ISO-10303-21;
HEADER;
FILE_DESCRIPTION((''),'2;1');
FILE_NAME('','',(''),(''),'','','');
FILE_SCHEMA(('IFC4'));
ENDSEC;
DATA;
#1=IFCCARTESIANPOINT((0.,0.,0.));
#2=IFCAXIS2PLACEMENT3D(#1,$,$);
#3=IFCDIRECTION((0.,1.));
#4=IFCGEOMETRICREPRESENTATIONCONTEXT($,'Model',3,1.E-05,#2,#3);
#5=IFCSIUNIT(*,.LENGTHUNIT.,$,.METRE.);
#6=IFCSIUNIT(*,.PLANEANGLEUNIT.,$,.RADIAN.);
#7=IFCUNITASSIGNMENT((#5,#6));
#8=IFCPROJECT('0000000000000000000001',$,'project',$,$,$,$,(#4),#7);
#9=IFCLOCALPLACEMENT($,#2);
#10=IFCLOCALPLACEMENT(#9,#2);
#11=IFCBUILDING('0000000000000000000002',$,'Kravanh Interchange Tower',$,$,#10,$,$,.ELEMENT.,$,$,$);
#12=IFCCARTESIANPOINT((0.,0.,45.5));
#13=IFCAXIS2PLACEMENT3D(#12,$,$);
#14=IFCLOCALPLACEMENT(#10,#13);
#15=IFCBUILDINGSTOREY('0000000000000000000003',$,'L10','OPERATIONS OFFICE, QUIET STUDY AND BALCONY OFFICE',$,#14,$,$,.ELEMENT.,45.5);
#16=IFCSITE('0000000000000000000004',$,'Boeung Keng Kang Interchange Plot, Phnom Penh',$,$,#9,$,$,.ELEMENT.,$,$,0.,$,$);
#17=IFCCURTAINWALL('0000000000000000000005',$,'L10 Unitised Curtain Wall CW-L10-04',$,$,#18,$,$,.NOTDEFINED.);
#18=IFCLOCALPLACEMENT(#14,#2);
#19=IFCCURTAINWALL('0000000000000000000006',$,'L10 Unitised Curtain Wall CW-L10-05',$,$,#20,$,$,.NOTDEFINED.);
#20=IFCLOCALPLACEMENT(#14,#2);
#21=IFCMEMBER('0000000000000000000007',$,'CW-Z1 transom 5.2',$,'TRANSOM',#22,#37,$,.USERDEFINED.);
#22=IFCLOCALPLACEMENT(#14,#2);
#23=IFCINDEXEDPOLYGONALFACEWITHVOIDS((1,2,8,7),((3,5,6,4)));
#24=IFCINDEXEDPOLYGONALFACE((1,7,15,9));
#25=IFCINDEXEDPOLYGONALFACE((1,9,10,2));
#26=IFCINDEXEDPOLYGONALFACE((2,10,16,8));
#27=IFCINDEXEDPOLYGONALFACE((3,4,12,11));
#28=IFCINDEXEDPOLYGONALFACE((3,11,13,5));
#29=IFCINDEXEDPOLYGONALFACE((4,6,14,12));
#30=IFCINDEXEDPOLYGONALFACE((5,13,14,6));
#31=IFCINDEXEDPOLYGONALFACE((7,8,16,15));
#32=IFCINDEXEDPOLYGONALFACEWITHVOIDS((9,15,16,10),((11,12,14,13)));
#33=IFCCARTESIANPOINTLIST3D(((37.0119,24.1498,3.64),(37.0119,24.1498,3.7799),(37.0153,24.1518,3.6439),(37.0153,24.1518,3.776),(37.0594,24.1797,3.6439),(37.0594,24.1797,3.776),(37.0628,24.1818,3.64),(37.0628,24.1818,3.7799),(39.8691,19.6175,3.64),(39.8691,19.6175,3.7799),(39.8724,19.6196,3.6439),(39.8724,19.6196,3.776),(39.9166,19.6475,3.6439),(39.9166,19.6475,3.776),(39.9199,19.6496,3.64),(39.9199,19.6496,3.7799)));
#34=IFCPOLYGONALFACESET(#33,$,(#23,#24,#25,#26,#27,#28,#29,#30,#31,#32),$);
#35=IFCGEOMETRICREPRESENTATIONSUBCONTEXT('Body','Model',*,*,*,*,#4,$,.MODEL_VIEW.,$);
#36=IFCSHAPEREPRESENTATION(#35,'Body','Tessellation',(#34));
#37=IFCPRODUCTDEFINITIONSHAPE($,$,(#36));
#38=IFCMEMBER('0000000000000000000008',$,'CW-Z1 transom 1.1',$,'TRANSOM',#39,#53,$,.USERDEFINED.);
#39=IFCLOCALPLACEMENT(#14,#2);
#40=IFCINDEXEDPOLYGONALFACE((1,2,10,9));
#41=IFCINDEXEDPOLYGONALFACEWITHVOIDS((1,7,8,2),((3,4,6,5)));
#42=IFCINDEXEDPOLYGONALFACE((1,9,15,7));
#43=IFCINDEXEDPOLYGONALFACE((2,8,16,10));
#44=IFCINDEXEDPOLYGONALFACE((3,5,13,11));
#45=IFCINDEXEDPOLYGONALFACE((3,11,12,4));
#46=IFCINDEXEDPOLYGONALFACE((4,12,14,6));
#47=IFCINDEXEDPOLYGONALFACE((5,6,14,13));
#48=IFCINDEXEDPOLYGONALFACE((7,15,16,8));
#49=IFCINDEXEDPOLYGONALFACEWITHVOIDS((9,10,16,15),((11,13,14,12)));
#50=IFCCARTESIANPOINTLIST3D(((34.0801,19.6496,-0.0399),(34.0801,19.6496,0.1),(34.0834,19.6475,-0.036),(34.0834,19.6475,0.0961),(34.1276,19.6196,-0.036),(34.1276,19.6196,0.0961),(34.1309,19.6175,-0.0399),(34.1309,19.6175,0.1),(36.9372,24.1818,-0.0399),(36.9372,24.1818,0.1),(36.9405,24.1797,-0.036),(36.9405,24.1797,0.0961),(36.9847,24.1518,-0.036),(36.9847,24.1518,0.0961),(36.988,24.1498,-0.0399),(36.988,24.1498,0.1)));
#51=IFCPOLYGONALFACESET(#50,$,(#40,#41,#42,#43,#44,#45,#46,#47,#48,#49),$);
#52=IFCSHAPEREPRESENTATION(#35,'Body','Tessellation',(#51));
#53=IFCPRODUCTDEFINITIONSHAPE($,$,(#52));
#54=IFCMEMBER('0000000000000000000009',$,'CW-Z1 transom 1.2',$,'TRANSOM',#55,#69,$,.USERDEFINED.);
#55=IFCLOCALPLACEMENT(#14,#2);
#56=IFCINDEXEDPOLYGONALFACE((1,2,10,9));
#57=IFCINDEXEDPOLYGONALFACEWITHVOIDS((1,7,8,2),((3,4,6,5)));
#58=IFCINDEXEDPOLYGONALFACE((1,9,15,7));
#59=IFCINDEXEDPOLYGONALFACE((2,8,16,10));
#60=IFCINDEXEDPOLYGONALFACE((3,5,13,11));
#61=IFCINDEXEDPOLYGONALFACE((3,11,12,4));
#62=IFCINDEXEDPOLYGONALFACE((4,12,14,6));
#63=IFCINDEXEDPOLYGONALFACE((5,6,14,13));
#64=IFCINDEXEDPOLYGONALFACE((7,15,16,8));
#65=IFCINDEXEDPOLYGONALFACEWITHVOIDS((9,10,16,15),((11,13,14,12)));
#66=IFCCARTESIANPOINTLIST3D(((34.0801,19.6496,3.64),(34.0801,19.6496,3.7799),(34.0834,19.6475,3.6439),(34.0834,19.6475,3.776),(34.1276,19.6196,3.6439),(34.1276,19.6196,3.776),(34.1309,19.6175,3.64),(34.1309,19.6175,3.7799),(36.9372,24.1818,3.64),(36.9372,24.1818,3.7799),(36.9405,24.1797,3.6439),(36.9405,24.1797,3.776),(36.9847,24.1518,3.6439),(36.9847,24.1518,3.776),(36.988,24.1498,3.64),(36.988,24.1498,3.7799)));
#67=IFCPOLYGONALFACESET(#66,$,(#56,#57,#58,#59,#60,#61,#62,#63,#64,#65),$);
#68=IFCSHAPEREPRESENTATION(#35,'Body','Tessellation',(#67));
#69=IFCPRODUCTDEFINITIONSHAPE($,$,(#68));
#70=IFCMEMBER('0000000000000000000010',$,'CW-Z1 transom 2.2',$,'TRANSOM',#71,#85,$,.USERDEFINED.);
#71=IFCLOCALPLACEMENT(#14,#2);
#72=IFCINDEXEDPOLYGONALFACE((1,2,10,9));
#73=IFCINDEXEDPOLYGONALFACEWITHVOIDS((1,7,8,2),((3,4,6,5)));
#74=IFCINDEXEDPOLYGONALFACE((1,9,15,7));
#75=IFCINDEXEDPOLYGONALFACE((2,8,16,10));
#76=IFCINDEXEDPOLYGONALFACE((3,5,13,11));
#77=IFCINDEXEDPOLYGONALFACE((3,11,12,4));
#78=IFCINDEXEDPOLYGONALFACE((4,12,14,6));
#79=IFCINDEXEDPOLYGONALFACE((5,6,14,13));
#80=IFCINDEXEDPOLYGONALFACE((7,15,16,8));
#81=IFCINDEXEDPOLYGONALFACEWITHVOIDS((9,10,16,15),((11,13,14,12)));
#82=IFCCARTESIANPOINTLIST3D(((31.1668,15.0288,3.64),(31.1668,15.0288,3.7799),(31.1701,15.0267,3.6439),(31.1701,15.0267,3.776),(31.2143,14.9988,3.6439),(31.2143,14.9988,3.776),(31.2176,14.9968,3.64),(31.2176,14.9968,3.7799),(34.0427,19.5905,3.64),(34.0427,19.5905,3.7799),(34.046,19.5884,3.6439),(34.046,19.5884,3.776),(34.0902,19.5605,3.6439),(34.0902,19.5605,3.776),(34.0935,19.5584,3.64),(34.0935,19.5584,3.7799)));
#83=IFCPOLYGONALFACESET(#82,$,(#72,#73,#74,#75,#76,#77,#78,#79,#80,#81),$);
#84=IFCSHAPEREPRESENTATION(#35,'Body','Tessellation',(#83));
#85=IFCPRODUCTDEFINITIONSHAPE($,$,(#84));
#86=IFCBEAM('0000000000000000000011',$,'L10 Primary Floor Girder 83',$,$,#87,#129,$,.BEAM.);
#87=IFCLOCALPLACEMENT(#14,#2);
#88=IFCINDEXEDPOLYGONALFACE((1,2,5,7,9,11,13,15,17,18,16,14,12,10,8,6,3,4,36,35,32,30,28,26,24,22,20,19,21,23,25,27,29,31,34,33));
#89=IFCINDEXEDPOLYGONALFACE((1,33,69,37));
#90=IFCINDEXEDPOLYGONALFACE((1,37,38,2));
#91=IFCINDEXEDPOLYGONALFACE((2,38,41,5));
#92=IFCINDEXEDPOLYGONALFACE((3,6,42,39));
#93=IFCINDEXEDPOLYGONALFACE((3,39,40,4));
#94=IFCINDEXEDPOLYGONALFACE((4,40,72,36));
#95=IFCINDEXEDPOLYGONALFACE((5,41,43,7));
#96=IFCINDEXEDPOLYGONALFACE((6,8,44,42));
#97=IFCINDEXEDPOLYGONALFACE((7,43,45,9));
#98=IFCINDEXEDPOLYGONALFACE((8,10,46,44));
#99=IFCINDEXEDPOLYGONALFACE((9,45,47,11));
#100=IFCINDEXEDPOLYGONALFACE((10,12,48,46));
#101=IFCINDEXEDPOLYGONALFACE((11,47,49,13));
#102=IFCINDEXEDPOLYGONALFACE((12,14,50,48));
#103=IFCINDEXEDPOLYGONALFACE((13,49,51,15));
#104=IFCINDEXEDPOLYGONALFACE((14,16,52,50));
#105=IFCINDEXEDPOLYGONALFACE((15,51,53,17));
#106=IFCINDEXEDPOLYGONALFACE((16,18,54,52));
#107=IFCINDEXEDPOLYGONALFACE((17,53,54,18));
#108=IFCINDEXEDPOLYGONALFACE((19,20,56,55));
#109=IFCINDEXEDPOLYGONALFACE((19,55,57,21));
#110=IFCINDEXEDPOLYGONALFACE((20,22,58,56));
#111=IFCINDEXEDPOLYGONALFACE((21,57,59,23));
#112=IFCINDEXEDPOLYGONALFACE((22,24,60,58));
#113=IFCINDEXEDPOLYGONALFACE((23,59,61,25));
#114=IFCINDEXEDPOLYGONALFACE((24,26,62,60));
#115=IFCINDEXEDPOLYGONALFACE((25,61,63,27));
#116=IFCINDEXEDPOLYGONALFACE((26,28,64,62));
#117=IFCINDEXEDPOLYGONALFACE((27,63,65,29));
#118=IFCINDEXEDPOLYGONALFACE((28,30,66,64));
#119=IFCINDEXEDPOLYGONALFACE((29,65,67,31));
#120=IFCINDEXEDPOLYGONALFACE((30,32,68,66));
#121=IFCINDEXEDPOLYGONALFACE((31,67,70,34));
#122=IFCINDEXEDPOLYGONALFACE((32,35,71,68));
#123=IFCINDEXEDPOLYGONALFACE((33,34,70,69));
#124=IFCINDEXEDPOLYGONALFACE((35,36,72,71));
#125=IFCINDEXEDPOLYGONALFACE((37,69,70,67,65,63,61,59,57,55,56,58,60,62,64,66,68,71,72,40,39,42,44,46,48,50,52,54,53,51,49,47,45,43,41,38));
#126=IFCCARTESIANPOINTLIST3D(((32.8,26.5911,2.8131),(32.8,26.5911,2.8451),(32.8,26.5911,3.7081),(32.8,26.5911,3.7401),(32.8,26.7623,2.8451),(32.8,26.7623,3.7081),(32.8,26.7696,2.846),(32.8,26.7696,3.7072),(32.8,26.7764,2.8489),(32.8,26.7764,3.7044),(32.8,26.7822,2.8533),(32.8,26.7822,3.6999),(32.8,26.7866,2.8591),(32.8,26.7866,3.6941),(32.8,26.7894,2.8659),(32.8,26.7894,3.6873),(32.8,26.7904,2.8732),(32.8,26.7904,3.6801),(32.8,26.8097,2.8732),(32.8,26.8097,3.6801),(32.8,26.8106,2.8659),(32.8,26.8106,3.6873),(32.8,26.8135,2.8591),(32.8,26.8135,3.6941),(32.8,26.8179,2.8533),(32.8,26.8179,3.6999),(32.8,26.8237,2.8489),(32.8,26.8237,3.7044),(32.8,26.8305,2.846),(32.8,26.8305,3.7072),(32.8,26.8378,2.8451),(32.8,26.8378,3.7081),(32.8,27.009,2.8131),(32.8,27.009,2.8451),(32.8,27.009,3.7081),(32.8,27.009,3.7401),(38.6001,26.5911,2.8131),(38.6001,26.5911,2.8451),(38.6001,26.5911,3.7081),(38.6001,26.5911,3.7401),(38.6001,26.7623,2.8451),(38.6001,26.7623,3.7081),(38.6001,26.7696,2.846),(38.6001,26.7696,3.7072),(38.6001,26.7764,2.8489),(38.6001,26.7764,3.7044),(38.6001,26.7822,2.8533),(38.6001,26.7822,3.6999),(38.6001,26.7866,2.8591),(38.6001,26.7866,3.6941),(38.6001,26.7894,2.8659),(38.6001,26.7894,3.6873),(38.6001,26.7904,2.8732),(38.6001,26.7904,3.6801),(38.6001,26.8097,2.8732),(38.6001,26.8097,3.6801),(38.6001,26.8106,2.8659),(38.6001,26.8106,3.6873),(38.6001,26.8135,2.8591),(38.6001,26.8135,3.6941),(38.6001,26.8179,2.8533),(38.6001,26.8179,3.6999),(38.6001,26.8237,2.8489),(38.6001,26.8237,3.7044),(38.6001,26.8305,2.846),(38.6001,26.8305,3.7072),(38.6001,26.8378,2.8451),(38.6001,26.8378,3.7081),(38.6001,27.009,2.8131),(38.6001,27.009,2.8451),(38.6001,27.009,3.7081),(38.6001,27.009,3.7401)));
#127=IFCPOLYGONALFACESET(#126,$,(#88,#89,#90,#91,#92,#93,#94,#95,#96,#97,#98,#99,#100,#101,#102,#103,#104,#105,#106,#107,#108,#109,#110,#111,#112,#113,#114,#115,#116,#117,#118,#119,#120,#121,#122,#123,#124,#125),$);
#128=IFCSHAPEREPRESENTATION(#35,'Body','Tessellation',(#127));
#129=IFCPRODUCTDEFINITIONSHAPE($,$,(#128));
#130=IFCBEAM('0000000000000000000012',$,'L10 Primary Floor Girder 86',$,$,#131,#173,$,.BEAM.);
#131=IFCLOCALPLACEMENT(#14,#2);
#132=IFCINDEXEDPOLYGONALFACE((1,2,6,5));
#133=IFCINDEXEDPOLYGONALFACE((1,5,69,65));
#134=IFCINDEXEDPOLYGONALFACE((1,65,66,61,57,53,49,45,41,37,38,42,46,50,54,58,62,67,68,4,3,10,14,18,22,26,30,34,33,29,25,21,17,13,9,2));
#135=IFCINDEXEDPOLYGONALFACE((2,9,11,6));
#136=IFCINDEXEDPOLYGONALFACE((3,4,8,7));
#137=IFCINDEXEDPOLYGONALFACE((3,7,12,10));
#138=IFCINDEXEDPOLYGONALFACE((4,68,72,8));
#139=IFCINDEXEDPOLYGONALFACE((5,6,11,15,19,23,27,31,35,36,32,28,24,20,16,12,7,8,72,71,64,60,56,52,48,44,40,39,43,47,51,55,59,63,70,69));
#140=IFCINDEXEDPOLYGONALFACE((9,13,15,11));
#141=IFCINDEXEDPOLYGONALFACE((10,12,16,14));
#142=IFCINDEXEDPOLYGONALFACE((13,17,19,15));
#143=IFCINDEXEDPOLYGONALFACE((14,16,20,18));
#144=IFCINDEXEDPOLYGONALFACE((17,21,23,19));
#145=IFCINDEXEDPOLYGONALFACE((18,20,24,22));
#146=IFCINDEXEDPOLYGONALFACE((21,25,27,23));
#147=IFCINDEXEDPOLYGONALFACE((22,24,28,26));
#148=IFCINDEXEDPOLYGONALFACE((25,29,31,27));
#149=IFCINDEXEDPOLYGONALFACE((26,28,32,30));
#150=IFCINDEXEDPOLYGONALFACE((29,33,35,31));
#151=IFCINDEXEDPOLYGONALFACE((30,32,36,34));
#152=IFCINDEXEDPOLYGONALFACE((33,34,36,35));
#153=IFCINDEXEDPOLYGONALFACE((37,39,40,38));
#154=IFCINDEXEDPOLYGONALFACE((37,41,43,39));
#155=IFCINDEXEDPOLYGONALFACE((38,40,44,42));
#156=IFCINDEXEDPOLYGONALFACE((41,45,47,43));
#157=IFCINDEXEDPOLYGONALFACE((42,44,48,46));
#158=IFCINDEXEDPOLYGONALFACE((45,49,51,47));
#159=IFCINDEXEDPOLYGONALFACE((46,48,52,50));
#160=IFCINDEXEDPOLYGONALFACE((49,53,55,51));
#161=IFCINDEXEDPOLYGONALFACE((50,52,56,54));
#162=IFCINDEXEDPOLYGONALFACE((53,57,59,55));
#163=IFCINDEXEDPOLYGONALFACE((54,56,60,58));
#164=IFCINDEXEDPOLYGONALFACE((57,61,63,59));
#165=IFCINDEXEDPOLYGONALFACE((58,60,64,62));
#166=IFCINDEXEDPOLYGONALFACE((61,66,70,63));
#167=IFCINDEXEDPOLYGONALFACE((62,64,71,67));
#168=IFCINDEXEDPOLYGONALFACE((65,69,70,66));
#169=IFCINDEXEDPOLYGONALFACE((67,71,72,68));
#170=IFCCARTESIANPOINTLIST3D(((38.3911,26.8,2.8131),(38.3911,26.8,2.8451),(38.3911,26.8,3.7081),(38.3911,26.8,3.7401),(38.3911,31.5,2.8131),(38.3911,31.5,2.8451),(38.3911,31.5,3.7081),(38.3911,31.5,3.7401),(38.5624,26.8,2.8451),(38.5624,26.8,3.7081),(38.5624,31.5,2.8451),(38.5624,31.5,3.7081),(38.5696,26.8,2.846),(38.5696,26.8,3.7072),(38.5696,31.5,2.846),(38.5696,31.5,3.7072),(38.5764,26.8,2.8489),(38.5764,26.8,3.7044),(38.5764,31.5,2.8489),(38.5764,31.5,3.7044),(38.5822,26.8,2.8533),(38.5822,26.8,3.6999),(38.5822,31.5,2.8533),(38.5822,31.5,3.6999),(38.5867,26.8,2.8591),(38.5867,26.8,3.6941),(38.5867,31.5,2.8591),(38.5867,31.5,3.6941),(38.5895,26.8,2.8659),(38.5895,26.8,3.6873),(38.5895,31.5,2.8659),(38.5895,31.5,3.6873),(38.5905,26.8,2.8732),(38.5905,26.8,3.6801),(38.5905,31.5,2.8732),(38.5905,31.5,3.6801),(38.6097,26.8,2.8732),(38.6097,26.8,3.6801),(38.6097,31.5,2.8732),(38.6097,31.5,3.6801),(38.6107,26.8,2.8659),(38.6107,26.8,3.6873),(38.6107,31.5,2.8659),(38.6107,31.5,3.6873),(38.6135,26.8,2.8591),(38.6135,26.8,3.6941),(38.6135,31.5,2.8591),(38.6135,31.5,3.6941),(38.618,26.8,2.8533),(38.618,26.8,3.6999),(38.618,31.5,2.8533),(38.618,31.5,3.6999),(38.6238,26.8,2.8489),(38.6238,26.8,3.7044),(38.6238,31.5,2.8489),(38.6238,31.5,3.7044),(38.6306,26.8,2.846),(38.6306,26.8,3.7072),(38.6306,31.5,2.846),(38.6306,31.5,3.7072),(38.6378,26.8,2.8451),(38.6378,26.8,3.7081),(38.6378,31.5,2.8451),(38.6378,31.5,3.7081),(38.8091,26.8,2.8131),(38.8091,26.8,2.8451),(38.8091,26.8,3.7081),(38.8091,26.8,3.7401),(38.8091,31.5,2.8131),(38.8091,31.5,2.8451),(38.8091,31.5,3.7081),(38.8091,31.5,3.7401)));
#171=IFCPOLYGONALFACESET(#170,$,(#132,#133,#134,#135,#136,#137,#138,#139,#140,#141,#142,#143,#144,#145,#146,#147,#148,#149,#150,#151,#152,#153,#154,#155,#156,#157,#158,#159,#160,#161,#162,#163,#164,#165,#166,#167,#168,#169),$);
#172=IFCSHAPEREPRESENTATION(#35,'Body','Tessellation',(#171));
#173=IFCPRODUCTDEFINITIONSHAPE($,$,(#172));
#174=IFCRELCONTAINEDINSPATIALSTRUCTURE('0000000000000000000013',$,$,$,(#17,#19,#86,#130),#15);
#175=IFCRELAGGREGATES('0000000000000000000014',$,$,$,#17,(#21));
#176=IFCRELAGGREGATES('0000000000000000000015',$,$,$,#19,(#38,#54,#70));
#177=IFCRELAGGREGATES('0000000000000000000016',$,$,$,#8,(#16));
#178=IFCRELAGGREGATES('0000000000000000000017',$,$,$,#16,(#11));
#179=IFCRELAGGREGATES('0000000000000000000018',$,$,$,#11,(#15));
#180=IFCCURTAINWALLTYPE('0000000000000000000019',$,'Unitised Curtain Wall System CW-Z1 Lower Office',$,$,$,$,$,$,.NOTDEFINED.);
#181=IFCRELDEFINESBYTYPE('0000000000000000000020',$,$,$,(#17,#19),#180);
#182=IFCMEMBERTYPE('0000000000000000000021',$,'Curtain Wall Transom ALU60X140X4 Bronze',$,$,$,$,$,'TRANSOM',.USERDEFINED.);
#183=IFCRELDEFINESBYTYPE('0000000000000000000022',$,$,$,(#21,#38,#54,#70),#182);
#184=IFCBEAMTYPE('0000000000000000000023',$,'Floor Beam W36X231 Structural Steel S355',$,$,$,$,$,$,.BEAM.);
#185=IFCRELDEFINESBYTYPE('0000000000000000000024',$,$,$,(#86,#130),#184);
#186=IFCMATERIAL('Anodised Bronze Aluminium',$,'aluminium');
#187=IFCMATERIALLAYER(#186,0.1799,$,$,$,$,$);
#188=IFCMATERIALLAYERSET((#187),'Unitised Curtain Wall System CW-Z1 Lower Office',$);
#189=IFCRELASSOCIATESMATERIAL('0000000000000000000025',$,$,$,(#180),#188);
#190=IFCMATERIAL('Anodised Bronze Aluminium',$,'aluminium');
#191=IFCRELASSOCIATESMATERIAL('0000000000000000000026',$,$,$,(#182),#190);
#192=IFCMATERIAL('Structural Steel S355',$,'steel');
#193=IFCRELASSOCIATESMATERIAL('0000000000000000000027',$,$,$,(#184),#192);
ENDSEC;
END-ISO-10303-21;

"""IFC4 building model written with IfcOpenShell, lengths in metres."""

from ifc_helpers import new_model, si_unit, direction, frame, origin, origin_2d, place, context, subcontext, project, spatial, hollow_rectangle, i_section, extrude, material, layer, layer_set, material_profile, profile_set, type_object, element, aggregate, save


model = new_model("IFC4")

# Units and contexts
model_context = context("Model", 3, precision=1e-05, world=origin(), true_north=direction((0.0, 1.0)))
body_context = subcontext(model_context, "Body", "Model", "MODEL_VIEW")
ifc_project = project(units=[si_unit("LENGTHUNIT", "METRE"), si_unit("PLANEANGLEUNIT", "RADIAN")], contexts=[model_context])

# Site, building, storey
site_placement = place(None, origin())
site = spatial("IfcSite", under=ifc_project, at=site_placement, Name="Boeung Keng Kang Interchange Plot, Phnom Penh", CompositionType="ELEMENT", RefElevation=0.0)
building_placement = place(site_placement, origin())
building = spatial("IfcBuilding", under=site, at=building_placement, Name="Kravanh Interchange Tower", CompositionType="ELEMENT")
storey_placement = place(building_placement, frame((0.0, 0.0, 45.5)))
storey = spatial("IfcBuildingStorey", under=building, at=storey_placement, Name="L10", Description="OPERATIONS OFFICE, QUIET STUDY AND BALCONY OFFICE", CompositionType="ELEMENT", Elevation=45.5)

# Curtain walls
ifc_material_1 = material(Name="Anodised Bronze Aluminium", Category="aluminium")
ifc_layer_1 = layer(ifc_material_1, 0.1799)
ifc_layer_set_1 = layer_set([ifc_layer_1], Name="Unitised Curtain Wall System CW-Z1 Lower Office")
curtain_wall_type = type_object("IfcCurtainWallType", Name="Unitised Curtain Wall System CW-Z1 Lower Office", PredefinedType="NOTDEFINED", material=ifc_layer_set_1)
curtain_wall_1_placement = place(storey_placement, origin())
curtain_wall_1 = element("IfcCurtainWall", 1, at=curtain_wall_1_placement, inside=storey, type_object=curtain_wall_type, Name="L10 Unitised Curtain Wall CW-L10-04", PredefinedType="NOTDEFINED")
curtain_wall_2_placement = place(storey_placement, origin())
curtain_wall_2 = element("IfcCurtainWall", 2, at=curtain_wall_2_placement, inside=storey, type_object=curtain_wall_type, Name="L10 Unitised Curtain Wall CW-L10-05", PredefinedType="NOTDEFINED")

# Members
ifc_material_2 = material(Name="Anodised Bronze Aluminium", Category="aluminium")
ifc_material_profile_1 = material_profile(ifc_material_2, hollow_rectangle(XDim=0.0601, YDim=0.1399, WallThickness=0.0039, at=origin_2d()), Name="ALU60X140X4")
ifc_profile_set_1 = profile_set([ifc_material_profile_1], Name="Anodised Bronze Aluminium")
member_type_1 = type_object("IfcMemberType", Name="Curtain Wall Transom ALU60X140X4 Bronze", ElementType="TRANSOM", PredefinedType="USERDEFINED", material=ifc_profile_set_1)
member_1_placement = place(storey_placement, frame((39.8945, 19.6335, 3.71), z_axis=(-0.533288, 0.845934, 0.0), x_axis=(-0.845934, -0.533288, 0.0)))
member_1 = element("IfcMember", 3, at=member_1_placement, type_object=member_type_1, Name="CW-Z1 transom 5.2", ObjectType="TRANSOM", PredefinedType="USERDEFINED", context=body_context, shape_type="SweptSolid", body=[
    extrude(hollow_rectangle(XDim=0.0601, YDim=0.1399, WallThickness=0.0039, at=origin_2d()), origin(), (0.0, 0.0, 1.0), 5.3577),
])
member_2_placement = place(storey_placement, frame((36.9626, 24.1658, 0.03), z_axis=(-0.533288, -0.845934, 0.0), x_axis=(0.845934, -0.533288, 0.0)))
member_2 = element("IfcMember", 4, at=member_2_placement, type_object=member_type_1, Name="CW-Z1 transom 1.1", ObjectType="TRANSOM", PredefinedType="USERDEFINED", context=body_context, shape_type="SweptSolid", body=[
    extrude(hollow_rectangle(XDim=0.0601, YDim=0.1399, WallThickness=0.0039, at=origin_2d()), origin(), (0.0, 0.0, 1.0), 5.3577),
])
member_3_placement = place(storey_placement, frame((36.9626, 24.1658, 3.71), z_axis=(-0.533288, -0.845934, 0.0), x_axis=(0.845934, -0.533288, 0.0)))
member_3 = element("IfcMember", 5, at=member_3_placement, type_object=member_type_1, Name="CW-Z1 transom 1.2", ObjectType="TRANSOM", PredefinedType="USERDEFINED", context=body_context, shape_type="SweptSolid", body=[
    extrude(hollow_rectangle(XDim=0.0601, YDim=0.1399, WallThickness=0.0039, at=origin_2d()), origin(), (0.0, 0.0, 1.0), 5.3577),
])
member_4_placement = place(storey_placement, frame((34.0681, 19.5745, 3.71), z_axis=(-0.533311, -0.845919, 0.0), x_axis=(0.845919, -0.533311, 0.0)))
member_4 = element("IfcMember", 6, at=member_4_placement, type_object=member_type_1, Name="CW-Z1 transom 2.2", ObjectType="TRANSOM", PredefinedType="USERDEFINED", context=body_context, shape_type="SweptSolid", body=[
    extrude(hollow_rectangle(XDim=0.0601, YDim=0.1399, WallThickness=0.0039, at=origin_2d()), origin(), (0.0, 0.0, 1.0), 5.3926),
])

# Beams
ifc_material_3 = material(Name="Structural Steel S355", Category="steel")
ifc_material_profile_2 = material_profile(ifc_material_3, i_section(OverallWidth=0.418, OverallDepth=0.927, WebThickness=0.0193, FlangeThickness=0.032, FilletRadius=0.0281, at=origin_2d()), Name="W36X231")
ifc_profile_set_2 = profile_set([ifc_material_profile_2], Name="Structural Steel S355")
beam_type_1 = type_object("IfcBeamType", Name="Floor Beam W36X231 Structural Steel S355", PredefinedType="BEAM", material=ifc_profile_set_2)
beam_1_placement = place(storey_placement, frame((32.8, 26.8, 3.2766), z_axis=(1.0, 0.0, 0.0), x_axis=(0.0, 1.0, 0.0)))
element("IfcBeam", 7, at=beam_1_placement, inside=storey, type_object=beam_type_1, Name="L10 Primary Floor Girder 83", PredefinedType="BEAM", context=body_context, shape_type="SweptSolid", body=[
    extrude(i_section(OverallWidth=0.418, OverallDepth=0.927, WebThickness=0.0193, FlangeThickness=0.032, FilletRadius=0.0281, at=origin_2d()), origin(), (0.0, 0.0, 1.0), 5.8),
])
beam_2_placement = place(storey_placement, frame((38.6001, 26.8, 3.2766), z_axis=(0.0, 1.0, 0.0), x_axis=(-1.0, 0.0, 0.0)))
element("IfcBeam", 8, at=beam_2_placement, inside=storey, type_object=beam_type_1, Name="L10 Primary Floor Girder 86", PredefinedType="BEAM", context=body_context, shape_type="SweptSolid", body=[
    extrude(i_section(OverallWidth=0.418, OverallDepth=0.927, WebThickness=0.0193, FlangeThickness=0.032, FilletRadius=0.0281, at=origin_2d()), origin(), (0.0, 0.0, 1.0), 4.7),
])

aggregate(curtain_wall_1, [member_1])
aggregate(curtain_wall_2, [member_2, member_3, member_4])

save(model, "model.ifc")
